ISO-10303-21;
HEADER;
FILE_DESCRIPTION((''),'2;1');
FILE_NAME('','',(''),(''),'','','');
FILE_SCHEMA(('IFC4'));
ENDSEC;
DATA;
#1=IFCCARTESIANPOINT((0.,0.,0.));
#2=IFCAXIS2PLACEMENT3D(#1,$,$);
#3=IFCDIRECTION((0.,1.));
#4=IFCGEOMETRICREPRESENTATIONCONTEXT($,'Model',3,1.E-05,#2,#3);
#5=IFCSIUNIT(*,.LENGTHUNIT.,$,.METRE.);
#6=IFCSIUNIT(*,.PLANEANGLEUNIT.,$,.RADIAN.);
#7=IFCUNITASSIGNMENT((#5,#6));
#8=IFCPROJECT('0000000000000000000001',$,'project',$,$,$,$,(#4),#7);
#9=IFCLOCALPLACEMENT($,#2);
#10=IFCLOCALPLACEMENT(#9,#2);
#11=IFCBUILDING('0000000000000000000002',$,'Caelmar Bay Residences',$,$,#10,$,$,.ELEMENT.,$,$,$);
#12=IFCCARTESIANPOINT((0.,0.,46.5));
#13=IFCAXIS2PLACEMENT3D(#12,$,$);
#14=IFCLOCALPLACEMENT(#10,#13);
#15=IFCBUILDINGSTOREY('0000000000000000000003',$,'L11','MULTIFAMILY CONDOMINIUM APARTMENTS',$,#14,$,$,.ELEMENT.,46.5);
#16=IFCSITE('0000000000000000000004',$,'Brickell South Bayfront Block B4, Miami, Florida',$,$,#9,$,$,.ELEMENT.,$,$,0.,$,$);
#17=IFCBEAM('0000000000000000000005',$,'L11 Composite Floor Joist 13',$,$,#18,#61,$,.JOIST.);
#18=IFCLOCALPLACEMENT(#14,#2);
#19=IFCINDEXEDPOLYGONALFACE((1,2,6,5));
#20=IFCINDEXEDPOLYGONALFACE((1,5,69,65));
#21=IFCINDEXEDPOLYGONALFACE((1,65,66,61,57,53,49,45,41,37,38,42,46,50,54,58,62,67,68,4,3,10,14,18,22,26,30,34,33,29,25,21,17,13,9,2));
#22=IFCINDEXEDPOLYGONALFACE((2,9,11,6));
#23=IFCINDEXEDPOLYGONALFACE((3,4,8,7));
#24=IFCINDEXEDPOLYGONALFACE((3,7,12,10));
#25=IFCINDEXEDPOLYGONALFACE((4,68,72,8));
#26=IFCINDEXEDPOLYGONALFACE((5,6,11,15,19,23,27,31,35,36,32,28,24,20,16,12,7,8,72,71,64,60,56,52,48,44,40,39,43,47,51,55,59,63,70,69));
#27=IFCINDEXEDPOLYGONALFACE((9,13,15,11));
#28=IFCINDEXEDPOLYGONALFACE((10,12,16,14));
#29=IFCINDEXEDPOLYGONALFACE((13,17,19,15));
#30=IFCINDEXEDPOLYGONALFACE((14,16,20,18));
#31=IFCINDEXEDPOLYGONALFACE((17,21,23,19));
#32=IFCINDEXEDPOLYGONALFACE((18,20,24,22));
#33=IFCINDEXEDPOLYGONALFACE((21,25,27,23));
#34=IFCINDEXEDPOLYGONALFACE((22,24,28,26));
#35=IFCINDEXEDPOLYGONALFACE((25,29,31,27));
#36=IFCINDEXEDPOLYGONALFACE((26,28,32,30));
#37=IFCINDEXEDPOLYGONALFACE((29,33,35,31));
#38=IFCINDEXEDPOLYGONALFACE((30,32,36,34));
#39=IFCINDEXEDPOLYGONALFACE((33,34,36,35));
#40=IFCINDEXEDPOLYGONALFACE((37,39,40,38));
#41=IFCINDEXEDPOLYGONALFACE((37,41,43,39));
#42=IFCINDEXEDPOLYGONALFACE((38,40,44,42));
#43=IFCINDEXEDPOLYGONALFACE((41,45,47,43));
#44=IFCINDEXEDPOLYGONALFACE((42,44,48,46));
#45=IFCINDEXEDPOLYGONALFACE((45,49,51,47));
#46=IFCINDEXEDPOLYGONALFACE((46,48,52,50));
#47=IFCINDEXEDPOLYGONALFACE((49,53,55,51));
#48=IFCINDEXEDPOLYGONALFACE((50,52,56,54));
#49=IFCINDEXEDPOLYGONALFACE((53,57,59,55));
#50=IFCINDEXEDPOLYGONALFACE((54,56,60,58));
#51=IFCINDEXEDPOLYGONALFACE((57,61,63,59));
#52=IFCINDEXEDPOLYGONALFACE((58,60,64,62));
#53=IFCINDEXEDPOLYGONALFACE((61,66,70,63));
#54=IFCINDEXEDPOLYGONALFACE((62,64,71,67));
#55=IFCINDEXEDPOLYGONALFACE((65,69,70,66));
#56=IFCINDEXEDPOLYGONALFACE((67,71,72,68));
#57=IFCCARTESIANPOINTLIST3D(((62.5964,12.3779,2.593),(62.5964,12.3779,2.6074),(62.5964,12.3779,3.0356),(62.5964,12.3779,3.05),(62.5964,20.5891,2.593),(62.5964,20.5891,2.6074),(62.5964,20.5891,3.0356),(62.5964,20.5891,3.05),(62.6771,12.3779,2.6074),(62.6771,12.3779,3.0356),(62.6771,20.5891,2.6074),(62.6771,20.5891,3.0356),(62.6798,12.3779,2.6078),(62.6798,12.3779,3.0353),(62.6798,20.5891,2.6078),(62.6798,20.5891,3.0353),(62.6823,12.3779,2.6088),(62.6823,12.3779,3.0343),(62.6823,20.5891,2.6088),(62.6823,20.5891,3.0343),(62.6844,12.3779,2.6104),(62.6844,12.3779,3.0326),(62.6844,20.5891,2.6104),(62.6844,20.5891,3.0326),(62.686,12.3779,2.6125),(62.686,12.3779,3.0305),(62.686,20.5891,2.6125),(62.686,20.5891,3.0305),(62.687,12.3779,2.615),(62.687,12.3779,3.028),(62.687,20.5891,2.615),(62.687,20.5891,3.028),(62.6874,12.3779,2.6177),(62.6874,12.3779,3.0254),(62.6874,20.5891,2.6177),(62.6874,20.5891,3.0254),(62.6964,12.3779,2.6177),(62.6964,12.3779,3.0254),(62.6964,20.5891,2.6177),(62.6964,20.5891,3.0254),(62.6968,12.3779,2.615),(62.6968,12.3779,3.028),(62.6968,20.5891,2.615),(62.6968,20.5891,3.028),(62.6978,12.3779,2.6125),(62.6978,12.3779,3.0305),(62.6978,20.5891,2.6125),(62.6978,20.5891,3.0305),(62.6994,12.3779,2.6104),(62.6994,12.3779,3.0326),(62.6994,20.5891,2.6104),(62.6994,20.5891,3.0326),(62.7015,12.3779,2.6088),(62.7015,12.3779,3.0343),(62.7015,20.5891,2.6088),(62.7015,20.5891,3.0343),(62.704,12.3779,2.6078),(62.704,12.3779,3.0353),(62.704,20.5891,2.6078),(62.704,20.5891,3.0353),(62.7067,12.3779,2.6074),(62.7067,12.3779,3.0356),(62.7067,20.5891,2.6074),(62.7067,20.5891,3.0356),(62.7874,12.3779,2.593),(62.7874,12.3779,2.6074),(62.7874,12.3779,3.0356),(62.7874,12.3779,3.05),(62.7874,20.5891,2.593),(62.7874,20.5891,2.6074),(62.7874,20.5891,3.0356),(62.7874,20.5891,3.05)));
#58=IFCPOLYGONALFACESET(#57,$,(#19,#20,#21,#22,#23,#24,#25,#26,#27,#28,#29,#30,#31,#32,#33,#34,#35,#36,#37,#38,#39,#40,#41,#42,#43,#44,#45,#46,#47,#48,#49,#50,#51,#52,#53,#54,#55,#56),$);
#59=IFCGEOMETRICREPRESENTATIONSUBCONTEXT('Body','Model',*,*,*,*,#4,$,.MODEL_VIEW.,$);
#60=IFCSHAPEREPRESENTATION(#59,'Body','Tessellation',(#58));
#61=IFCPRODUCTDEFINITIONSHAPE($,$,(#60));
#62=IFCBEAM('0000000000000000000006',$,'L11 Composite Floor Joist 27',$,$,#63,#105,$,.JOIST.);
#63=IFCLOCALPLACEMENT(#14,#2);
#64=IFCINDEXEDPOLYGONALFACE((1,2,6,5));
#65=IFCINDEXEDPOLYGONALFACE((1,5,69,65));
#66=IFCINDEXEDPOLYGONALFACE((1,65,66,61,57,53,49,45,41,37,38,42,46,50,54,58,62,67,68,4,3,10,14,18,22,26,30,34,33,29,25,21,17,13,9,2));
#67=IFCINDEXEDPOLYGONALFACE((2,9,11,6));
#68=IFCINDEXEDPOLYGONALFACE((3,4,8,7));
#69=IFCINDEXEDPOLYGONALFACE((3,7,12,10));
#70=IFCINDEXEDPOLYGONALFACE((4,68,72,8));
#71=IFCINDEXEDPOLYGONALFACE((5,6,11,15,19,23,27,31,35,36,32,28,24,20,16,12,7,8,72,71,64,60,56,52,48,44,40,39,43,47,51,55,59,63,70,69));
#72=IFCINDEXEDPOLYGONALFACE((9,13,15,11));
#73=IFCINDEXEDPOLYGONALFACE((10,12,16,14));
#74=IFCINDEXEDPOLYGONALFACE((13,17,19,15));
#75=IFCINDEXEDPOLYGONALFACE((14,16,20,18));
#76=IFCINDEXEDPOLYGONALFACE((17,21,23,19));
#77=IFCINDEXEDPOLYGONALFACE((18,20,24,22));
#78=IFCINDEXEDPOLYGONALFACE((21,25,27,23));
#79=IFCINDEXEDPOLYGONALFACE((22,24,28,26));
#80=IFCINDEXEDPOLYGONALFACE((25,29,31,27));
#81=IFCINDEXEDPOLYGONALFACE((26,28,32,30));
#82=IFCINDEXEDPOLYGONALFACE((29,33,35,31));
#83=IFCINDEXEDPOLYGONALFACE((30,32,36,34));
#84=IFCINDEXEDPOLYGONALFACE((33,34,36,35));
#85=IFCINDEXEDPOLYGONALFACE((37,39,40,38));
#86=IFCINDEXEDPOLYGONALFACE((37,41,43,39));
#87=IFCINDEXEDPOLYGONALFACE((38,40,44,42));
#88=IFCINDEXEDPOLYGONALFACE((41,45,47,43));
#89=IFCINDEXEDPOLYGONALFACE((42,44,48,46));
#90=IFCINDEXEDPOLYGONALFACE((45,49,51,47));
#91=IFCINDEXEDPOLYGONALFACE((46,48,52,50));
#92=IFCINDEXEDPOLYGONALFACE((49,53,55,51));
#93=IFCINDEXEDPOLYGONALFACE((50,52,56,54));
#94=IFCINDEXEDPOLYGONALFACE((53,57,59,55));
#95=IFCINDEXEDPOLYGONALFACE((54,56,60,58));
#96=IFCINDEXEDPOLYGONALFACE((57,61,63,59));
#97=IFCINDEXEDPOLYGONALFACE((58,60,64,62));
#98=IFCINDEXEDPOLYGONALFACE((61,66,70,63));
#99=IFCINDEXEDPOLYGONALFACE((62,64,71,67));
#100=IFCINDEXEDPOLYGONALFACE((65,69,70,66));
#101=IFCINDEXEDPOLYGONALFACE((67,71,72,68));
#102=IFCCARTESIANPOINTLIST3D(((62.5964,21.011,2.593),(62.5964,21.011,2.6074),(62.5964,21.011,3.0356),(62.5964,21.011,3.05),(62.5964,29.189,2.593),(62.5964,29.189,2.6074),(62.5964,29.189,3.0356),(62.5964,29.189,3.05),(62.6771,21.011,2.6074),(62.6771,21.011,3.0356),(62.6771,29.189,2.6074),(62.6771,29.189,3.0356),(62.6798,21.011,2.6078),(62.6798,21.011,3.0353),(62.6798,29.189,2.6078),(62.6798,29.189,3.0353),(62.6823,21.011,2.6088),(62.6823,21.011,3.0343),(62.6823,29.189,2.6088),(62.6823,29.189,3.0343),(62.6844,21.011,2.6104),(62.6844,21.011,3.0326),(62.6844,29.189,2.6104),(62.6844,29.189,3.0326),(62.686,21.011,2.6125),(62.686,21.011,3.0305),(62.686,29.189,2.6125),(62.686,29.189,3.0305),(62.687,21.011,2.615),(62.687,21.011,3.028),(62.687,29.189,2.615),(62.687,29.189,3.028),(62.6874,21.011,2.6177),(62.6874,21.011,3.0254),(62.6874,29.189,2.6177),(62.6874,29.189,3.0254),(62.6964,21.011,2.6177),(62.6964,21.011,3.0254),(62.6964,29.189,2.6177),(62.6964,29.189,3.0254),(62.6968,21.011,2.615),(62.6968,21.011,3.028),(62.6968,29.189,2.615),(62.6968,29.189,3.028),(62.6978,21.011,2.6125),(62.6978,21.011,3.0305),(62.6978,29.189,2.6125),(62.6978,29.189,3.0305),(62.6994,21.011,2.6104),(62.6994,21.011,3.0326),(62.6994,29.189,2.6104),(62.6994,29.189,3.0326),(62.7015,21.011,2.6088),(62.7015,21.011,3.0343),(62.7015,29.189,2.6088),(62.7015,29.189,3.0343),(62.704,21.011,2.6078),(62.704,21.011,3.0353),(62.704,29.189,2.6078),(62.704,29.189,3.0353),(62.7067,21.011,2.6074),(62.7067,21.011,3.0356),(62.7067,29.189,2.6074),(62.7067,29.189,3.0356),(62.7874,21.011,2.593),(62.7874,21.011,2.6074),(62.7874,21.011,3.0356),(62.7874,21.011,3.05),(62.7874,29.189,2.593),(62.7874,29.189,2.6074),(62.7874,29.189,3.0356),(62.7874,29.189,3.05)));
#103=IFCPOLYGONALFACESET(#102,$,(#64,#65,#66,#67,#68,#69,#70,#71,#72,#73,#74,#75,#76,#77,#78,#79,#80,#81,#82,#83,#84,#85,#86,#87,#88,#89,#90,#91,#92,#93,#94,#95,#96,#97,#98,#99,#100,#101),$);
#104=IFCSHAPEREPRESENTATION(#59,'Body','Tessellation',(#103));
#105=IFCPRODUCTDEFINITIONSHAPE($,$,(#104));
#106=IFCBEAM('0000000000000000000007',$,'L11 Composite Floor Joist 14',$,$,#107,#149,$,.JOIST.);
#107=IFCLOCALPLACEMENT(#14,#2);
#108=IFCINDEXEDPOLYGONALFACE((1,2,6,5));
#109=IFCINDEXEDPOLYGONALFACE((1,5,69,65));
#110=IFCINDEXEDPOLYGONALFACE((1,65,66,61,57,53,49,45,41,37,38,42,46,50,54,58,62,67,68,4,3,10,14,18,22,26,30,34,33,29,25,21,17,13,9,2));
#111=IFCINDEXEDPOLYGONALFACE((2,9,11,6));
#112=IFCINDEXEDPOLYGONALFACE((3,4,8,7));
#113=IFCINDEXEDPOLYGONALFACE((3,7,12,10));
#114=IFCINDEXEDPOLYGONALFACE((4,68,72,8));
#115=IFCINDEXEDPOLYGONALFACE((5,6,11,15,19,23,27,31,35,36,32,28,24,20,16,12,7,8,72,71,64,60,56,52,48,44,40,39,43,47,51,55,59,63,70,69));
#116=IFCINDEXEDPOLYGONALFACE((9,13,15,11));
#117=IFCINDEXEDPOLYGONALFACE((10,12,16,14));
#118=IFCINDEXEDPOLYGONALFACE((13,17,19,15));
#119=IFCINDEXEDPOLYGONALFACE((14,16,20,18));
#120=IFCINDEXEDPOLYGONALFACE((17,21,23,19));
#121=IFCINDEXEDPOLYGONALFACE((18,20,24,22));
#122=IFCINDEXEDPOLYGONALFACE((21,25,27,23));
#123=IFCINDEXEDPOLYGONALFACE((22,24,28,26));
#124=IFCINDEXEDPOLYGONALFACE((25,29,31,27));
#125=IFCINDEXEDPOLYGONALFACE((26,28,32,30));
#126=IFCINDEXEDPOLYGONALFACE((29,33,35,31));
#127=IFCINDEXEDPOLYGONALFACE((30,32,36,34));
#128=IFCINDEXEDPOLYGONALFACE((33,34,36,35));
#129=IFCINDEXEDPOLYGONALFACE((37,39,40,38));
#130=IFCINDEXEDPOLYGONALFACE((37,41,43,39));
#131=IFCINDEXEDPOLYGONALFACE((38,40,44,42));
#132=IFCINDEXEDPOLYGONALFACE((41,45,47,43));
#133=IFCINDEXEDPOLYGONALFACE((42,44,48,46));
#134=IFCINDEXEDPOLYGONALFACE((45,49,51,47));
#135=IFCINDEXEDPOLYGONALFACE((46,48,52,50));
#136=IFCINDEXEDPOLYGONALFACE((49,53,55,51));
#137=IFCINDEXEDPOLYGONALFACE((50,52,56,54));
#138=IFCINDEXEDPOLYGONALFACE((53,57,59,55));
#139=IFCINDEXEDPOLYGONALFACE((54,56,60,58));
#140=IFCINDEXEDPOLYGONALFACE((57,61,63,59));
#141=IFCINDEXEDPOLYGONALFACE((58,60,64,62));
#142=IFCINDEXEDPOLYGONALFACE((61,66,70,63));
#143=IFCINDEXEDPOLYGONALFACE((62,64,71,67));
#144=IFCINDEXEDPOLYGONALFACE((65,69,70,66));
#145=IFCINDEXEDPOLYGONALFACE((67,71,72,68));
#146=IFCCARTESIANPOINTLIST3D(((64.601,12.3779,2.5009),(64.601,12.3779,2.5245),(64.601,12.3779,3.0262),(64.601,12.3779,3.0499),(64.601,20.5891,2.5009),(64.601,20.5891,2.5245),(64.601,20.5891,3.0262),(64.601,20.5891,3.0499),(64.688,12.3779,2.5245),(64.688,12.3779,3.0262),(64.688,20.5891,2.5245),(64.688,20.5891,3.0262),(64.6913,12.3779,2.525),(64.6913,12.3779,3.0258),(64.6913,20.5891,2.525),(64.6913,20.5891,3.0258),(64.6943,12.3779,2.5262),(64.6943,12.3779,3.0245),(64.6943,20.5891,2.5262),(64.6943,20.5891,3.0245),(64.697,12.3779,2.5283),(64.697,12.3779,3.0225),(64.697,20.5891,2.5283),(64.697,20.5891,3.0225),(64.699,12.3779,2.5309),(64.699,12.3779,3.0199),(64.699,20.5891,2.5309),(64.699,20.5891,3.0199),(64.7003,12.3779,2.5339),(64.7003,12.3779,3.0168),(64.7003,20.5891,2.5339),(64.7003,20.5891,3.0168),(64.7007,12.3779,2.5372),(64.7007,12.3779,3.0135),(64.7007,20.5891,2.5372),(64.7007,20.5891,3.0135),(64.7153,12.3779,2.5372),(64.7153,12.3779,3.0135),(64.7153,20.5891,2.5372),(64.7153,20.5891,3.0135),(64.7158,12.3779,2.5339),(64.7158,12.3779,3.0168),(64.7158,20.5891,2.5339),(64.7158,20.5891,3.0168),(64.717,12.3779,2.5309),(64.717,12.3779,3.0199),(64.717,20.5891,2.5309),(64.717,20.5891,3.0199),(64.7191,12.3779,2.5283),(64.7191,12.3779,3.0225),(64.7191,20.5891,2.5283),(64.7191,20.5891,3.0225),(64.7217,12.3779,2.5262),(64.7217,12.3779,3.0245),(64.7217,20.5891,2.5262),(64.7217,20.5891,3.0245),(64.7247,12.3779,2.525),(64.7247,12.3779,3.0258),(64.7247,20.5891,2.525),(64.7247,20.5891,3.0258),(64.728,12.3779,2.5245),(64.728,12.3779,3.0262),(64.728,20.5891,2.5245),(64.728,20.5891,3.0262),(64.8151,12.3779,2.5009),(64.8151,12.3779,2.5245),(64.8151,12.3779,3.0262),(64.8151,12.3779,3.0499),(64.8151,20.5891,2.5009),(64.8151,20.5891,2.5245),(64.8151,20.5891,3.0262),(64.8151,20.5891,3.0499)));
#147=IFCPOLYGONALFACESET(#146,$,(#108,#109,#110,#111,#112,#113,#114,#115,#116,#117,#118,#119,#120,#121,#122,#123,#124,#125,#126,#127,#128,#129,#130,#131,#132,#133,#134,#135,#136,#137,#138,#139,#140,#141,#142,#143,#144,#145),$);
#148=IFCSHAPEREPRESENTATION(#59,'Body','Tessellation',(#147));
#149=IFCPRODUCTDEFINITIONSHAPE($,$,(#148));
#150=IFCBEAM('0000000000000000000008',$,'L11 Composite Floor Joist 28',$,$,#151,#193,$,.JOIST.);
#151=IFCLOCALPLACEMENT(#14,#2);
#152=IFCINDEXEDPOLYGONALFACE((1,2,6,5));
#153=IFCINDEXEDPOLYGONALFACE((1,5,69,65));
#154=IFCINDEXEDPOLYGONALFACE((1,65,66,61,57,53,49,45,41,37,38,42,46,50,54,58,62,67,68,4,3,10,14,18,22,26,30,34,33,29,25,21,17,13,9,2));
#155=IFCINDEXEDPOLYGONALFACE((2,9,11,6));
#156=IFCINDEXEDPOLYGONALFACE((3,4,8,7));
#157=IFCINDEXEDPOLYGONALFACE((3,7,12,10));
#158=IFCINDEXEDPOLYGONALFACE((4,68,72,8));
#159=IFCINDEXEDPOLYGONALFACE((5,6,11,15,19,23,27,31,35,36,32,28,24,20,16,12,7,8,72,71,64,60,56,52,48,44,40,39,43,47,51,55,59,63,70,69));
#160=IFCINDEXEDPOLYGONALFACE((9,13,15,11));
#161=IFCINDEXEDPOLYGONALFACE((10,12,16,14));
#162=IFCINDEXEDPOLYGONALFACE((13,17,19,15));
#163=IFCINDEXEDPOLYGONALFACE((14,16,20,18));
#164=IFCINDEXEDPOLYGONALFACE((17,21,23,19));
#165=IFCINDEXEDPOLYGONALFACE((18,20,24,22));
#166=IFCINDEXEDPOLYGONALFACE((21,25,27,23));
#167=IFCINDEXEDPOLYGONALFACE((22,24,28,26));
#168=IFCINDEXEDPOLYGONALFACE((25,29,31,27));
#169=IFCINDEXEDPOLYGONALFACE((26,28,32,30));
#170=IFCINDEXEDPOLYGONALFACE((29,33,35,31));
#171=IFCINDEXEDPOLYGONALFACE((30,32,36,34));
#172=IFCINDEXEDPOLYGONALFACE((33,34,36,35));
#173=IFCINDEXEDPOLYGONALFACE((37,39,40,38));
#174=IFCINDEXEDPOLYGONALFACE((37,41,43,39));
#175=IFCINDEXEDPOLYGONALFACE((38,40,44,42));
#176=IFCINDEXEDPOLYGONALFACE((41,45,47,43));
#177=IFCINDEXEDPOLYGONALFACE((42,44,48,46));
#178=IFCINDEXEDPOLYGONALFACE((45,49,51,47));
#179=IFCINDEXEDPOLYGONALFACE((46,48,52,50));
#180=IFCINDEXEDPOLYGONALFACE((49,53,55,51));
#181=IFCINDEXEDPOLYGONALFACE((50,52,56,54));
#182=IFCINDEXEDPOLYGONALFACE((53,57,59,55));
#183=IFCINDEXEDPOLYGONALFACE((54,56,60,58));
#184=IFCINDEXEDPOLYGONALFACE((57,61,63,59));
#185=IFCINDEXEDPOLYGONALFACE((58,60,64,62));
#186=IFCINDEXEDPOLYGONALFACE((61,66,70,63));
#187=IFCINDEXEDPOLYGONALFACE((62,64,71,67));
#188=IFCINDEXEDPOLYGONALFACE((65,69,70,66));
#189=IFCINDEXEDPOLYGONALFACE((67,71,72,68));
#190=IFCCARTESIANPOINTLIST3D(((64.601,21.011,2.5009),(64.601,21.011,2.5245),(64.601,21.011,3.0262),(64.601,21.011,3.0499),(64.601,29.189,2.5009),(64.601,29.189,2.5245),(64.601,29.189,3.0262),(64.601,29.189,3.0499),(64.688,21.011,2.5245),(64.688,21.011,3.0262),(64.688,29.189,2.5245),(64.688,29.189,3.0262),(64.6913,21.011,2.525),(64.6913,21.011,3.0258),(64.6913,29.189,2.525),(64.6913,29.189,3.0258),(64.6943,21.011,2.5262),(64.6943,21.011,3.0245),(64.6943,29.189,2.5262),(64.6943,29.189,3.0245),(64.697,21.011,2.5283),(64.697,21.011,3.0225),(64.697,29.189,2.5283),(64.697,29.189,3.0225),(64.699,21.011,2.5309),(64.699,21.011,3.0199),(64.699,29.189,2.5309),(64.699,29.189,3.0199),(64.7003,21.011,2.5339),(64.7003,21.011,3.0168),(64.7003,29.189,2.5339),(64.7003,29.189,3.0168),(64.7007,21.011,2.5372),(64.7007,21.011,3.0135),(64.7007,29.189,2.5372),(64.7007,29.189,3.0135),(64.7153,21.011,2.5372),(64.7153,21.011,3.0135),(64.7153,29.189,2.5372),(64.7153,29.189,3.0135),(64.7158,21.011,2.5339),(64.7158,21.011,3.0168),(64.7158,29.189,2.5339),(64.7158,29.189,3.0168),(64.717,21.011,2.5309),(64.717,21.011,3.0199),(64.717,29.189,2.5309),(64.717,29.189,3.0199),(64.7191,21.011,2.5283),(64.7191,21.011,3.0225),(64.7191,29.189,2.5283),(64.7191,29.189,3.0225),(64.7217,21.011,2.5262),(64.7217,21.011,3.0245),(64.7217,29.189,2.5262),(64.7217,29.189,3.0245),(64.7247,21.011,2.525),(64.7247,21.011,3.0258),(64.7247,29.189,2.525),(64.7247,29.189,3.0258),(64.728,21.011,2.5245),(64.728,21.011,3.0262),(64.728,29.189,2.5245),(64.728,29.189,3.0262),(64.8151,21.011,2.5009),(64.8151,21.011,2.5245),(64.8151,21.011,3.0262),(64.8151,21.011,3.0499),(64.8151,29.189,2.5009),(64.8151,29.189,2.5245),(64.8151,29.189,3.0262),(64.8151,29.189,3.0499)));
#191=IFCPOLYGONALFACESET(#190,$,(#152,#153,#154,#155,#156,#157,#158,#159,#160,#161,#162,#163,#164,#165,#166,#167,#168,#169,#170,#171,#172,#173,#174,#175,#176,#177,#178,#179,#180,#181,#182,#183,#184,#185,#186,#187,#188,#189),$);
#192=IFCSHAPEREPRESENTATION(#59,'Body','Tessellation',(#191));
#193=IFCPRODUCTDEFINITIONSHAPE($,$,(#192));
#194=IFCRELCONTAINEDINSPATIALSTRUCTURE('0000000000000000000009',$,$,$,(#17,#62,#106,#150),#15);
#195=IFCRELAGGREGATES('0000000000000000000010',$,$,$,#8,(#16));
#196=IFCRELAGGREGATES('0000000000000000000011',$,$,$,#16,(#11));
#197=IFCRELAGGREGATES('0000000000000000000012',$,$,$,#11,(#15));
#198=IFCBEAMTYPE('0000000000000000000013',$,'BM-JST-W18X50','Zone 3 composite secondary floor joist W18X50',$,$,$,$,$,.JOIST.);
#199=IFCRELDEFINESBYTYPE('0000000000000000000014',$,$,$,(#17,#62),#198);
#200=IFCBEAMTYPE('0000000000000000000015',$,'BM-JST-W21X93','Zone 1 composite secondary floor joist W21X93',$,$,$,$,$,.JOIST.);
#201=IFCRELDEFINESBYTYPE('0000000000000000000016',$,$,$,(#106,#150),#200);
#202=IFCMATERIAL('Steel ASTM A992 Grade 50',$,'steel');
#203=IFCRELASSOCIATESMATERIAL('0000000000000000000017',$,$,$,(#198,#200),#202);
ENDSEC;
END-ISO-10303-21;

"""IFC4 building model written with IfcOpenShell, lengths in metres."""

from ifc_helpers import new_model, si_unit, direction, frame, origin, origin_2d, place, context, subcontext, project, spatial, i_section, extrude, material, material_profile, profile_set, type_object, element, save


model = new_model("IFC4")

# Units and contexts
model_context = context("Model", 3, precision=1e-05, world=origin(), true_north=direction((0.0, 1.0)))
body_context = subcontext(model_context, "Body", "Model", "MODEL_VIEW")
ifc_project = project(units=[si_unit("LENGTHUNIT", "METRE"), si_unit("PLANEANGLEUNIT", "RADIAN")], contexts=[model_context])

# Site, building, storey
site_placement = place(None, origin())
site = spatial("IfcSite", under=ifc_project, at=site_placement, Name="Brickell South Bayfront Block B4, Miami, Florida", CompositionType="ELEMENT", RefElevation=0.0)
building_placement = place(site_placement, origin())
building = spatial("IfcBuilding", under=site, at=building_placement, Name="Caelmar Bay Residences", CompositionType="ELEMENT")
storey_placement = place(building_placement, frame((0.0, 0.0, 46.5)))
storey = spatial("IfcBuildingStorey", under=building, at=storey_placement, Name="L11", Description="MULTIFAMILY CONDOMINIUM APARTMENTS", CompositionType="ELEMENT", Elevation=46.5)

# Beams
ifc_material_1 = material(Name="Steel ASTM A992 Grade 50", Category="steel")
ifc_material_profile_1 = material_profile(ifc_material_1, i_section(OverallWidth=0.1909, OverallDepth=0.457, WebThickness=0.009, FlangeThickness=0.0144, FilletRadius=0.0103, at=origin_2d()), Name="W18X50")
ifc_profile_set_1 = profile_set([ifc_material_profile_1], Name="Steel ASTM A992 Grade 50")
beam_type_1 = type_object("IfcBeamType", Name="BM-JST-W18X50", Description="Zone 3 composite secondary floor joist W18X50", PredefinedType="JOIST", material=ifc_profile_set_1)
beam_1_placement = place(storey_placement, frame((62.6919, 12.3779, 2.8215), z_axis=(0.0, 1.0, 0.0), x_axis=(-1.0, 0.0, 0.0)))
element("IfcBeam", 1, at=beam_1_placement, inside=storey, type_object=beam_type_1, Name="L11 Composite Floor Joist 13", PredefinedType="JOIST", context=body_context, shape_type="SweptSolid", body=[
    extrude(i_section(OverallWidth=0.1909, OverallDepth=0.457, WebThickness=0.009, FlangeThickness=0.0144, FilletRadius=0.0103, at=origin_2d()), origin(), (0.0, 0.0, 1.0), 8.2112),
])
beam_2_placement = place(storey_placement, frame((62.6919, 21.011, 2.8215), z_axis=(0.0, 1.0, 0.0), x_axis=(-1.0, 0.0, 0.0)))
element("IfcBeam", 2, at=beam_2_placement, inside=storey, type_object=beam_type_1, Name="L11 Composite Floor Joist 27", PredefinedType="JOIST", context=body_context, shape_type="SweptSolid", body=[
    extrude(i_section(OverallWidth=0.1909, OverallDepth=0.457, WebThickness=0.009, FlangeThickness=0.0144, FilletRadius=0.0103, at=origin_2d()), origin(), (0.0, 0.0, 1.0), 8.178),
])
ifc_material_profile_2 = material_profile(ifc_material_1, i_section(OverallWidth=0.2141, OverallDepth=0.5491, WebThickness=0.0146, FlangeThickness=0.0237, FilletRadius=0.0127, at=origin_2d()), Name="W21X93")
ifc_profile_set_2 = profile_set([ifc_material_profile_2], Name="Steel ASTM A992 Grade 50")
beam_type_2 = type_object("IfcBeamType", Name="BM-JST-W21X93", Description="Zone 1 composite secondary floor joist W21X93", PredefinedType="JOIST", material=ifc_profile_set_2)
beam_3_placement = place(storey_placement, frame((64.708, 12.3779, 2.7754), z_axis=(0.0, 1.0, 0.0), x_axis=(-1.0, 0.0, 0.0)))
element("IfcBeam", 3, at=beam_3_placement, inside=storey, type_object=beam_type_2, Name="L11 Composite Floor Joist 14", PredefinedType="JOIST", context=body_context, shape_type="SweptSolid", body=[
    extrude(i_section(OverallWidth=0.2141, OverallDepth=0.5491, WebThickness=0.0146, FlangeThickness=0.0237, FilletRadius=0.0127, at=origin_2d()), origin(), (0.0, 0.0, 1.0), 8.2112),
])
beam_4_placement = place(storey_placement, frame((64.708, 21.011, 2.7754), z_axis=(0.0, 1.0, 0.0), x_axis=(-1.0, 0.0, 0.0)))
element("IfcBeam", 4, at=beam_4_placement, inside=storey, type_object=beam_type_2, Name="L11 Composite Floor Joist 28", PredefinedType="JOIST", context=body_context, shape_type="SweptSolid", body=[
    extrude(i_section(OverallWidth=0.2141, OverallDepth=0.5491, WebThickness=0.0146, FlangeThickness=0.0237, FilletRadius=0.0127, at=origin_2d()), origin(), (0.0, 0.0, 1.0), 8.178),
])

save(model, "model.ifc")
